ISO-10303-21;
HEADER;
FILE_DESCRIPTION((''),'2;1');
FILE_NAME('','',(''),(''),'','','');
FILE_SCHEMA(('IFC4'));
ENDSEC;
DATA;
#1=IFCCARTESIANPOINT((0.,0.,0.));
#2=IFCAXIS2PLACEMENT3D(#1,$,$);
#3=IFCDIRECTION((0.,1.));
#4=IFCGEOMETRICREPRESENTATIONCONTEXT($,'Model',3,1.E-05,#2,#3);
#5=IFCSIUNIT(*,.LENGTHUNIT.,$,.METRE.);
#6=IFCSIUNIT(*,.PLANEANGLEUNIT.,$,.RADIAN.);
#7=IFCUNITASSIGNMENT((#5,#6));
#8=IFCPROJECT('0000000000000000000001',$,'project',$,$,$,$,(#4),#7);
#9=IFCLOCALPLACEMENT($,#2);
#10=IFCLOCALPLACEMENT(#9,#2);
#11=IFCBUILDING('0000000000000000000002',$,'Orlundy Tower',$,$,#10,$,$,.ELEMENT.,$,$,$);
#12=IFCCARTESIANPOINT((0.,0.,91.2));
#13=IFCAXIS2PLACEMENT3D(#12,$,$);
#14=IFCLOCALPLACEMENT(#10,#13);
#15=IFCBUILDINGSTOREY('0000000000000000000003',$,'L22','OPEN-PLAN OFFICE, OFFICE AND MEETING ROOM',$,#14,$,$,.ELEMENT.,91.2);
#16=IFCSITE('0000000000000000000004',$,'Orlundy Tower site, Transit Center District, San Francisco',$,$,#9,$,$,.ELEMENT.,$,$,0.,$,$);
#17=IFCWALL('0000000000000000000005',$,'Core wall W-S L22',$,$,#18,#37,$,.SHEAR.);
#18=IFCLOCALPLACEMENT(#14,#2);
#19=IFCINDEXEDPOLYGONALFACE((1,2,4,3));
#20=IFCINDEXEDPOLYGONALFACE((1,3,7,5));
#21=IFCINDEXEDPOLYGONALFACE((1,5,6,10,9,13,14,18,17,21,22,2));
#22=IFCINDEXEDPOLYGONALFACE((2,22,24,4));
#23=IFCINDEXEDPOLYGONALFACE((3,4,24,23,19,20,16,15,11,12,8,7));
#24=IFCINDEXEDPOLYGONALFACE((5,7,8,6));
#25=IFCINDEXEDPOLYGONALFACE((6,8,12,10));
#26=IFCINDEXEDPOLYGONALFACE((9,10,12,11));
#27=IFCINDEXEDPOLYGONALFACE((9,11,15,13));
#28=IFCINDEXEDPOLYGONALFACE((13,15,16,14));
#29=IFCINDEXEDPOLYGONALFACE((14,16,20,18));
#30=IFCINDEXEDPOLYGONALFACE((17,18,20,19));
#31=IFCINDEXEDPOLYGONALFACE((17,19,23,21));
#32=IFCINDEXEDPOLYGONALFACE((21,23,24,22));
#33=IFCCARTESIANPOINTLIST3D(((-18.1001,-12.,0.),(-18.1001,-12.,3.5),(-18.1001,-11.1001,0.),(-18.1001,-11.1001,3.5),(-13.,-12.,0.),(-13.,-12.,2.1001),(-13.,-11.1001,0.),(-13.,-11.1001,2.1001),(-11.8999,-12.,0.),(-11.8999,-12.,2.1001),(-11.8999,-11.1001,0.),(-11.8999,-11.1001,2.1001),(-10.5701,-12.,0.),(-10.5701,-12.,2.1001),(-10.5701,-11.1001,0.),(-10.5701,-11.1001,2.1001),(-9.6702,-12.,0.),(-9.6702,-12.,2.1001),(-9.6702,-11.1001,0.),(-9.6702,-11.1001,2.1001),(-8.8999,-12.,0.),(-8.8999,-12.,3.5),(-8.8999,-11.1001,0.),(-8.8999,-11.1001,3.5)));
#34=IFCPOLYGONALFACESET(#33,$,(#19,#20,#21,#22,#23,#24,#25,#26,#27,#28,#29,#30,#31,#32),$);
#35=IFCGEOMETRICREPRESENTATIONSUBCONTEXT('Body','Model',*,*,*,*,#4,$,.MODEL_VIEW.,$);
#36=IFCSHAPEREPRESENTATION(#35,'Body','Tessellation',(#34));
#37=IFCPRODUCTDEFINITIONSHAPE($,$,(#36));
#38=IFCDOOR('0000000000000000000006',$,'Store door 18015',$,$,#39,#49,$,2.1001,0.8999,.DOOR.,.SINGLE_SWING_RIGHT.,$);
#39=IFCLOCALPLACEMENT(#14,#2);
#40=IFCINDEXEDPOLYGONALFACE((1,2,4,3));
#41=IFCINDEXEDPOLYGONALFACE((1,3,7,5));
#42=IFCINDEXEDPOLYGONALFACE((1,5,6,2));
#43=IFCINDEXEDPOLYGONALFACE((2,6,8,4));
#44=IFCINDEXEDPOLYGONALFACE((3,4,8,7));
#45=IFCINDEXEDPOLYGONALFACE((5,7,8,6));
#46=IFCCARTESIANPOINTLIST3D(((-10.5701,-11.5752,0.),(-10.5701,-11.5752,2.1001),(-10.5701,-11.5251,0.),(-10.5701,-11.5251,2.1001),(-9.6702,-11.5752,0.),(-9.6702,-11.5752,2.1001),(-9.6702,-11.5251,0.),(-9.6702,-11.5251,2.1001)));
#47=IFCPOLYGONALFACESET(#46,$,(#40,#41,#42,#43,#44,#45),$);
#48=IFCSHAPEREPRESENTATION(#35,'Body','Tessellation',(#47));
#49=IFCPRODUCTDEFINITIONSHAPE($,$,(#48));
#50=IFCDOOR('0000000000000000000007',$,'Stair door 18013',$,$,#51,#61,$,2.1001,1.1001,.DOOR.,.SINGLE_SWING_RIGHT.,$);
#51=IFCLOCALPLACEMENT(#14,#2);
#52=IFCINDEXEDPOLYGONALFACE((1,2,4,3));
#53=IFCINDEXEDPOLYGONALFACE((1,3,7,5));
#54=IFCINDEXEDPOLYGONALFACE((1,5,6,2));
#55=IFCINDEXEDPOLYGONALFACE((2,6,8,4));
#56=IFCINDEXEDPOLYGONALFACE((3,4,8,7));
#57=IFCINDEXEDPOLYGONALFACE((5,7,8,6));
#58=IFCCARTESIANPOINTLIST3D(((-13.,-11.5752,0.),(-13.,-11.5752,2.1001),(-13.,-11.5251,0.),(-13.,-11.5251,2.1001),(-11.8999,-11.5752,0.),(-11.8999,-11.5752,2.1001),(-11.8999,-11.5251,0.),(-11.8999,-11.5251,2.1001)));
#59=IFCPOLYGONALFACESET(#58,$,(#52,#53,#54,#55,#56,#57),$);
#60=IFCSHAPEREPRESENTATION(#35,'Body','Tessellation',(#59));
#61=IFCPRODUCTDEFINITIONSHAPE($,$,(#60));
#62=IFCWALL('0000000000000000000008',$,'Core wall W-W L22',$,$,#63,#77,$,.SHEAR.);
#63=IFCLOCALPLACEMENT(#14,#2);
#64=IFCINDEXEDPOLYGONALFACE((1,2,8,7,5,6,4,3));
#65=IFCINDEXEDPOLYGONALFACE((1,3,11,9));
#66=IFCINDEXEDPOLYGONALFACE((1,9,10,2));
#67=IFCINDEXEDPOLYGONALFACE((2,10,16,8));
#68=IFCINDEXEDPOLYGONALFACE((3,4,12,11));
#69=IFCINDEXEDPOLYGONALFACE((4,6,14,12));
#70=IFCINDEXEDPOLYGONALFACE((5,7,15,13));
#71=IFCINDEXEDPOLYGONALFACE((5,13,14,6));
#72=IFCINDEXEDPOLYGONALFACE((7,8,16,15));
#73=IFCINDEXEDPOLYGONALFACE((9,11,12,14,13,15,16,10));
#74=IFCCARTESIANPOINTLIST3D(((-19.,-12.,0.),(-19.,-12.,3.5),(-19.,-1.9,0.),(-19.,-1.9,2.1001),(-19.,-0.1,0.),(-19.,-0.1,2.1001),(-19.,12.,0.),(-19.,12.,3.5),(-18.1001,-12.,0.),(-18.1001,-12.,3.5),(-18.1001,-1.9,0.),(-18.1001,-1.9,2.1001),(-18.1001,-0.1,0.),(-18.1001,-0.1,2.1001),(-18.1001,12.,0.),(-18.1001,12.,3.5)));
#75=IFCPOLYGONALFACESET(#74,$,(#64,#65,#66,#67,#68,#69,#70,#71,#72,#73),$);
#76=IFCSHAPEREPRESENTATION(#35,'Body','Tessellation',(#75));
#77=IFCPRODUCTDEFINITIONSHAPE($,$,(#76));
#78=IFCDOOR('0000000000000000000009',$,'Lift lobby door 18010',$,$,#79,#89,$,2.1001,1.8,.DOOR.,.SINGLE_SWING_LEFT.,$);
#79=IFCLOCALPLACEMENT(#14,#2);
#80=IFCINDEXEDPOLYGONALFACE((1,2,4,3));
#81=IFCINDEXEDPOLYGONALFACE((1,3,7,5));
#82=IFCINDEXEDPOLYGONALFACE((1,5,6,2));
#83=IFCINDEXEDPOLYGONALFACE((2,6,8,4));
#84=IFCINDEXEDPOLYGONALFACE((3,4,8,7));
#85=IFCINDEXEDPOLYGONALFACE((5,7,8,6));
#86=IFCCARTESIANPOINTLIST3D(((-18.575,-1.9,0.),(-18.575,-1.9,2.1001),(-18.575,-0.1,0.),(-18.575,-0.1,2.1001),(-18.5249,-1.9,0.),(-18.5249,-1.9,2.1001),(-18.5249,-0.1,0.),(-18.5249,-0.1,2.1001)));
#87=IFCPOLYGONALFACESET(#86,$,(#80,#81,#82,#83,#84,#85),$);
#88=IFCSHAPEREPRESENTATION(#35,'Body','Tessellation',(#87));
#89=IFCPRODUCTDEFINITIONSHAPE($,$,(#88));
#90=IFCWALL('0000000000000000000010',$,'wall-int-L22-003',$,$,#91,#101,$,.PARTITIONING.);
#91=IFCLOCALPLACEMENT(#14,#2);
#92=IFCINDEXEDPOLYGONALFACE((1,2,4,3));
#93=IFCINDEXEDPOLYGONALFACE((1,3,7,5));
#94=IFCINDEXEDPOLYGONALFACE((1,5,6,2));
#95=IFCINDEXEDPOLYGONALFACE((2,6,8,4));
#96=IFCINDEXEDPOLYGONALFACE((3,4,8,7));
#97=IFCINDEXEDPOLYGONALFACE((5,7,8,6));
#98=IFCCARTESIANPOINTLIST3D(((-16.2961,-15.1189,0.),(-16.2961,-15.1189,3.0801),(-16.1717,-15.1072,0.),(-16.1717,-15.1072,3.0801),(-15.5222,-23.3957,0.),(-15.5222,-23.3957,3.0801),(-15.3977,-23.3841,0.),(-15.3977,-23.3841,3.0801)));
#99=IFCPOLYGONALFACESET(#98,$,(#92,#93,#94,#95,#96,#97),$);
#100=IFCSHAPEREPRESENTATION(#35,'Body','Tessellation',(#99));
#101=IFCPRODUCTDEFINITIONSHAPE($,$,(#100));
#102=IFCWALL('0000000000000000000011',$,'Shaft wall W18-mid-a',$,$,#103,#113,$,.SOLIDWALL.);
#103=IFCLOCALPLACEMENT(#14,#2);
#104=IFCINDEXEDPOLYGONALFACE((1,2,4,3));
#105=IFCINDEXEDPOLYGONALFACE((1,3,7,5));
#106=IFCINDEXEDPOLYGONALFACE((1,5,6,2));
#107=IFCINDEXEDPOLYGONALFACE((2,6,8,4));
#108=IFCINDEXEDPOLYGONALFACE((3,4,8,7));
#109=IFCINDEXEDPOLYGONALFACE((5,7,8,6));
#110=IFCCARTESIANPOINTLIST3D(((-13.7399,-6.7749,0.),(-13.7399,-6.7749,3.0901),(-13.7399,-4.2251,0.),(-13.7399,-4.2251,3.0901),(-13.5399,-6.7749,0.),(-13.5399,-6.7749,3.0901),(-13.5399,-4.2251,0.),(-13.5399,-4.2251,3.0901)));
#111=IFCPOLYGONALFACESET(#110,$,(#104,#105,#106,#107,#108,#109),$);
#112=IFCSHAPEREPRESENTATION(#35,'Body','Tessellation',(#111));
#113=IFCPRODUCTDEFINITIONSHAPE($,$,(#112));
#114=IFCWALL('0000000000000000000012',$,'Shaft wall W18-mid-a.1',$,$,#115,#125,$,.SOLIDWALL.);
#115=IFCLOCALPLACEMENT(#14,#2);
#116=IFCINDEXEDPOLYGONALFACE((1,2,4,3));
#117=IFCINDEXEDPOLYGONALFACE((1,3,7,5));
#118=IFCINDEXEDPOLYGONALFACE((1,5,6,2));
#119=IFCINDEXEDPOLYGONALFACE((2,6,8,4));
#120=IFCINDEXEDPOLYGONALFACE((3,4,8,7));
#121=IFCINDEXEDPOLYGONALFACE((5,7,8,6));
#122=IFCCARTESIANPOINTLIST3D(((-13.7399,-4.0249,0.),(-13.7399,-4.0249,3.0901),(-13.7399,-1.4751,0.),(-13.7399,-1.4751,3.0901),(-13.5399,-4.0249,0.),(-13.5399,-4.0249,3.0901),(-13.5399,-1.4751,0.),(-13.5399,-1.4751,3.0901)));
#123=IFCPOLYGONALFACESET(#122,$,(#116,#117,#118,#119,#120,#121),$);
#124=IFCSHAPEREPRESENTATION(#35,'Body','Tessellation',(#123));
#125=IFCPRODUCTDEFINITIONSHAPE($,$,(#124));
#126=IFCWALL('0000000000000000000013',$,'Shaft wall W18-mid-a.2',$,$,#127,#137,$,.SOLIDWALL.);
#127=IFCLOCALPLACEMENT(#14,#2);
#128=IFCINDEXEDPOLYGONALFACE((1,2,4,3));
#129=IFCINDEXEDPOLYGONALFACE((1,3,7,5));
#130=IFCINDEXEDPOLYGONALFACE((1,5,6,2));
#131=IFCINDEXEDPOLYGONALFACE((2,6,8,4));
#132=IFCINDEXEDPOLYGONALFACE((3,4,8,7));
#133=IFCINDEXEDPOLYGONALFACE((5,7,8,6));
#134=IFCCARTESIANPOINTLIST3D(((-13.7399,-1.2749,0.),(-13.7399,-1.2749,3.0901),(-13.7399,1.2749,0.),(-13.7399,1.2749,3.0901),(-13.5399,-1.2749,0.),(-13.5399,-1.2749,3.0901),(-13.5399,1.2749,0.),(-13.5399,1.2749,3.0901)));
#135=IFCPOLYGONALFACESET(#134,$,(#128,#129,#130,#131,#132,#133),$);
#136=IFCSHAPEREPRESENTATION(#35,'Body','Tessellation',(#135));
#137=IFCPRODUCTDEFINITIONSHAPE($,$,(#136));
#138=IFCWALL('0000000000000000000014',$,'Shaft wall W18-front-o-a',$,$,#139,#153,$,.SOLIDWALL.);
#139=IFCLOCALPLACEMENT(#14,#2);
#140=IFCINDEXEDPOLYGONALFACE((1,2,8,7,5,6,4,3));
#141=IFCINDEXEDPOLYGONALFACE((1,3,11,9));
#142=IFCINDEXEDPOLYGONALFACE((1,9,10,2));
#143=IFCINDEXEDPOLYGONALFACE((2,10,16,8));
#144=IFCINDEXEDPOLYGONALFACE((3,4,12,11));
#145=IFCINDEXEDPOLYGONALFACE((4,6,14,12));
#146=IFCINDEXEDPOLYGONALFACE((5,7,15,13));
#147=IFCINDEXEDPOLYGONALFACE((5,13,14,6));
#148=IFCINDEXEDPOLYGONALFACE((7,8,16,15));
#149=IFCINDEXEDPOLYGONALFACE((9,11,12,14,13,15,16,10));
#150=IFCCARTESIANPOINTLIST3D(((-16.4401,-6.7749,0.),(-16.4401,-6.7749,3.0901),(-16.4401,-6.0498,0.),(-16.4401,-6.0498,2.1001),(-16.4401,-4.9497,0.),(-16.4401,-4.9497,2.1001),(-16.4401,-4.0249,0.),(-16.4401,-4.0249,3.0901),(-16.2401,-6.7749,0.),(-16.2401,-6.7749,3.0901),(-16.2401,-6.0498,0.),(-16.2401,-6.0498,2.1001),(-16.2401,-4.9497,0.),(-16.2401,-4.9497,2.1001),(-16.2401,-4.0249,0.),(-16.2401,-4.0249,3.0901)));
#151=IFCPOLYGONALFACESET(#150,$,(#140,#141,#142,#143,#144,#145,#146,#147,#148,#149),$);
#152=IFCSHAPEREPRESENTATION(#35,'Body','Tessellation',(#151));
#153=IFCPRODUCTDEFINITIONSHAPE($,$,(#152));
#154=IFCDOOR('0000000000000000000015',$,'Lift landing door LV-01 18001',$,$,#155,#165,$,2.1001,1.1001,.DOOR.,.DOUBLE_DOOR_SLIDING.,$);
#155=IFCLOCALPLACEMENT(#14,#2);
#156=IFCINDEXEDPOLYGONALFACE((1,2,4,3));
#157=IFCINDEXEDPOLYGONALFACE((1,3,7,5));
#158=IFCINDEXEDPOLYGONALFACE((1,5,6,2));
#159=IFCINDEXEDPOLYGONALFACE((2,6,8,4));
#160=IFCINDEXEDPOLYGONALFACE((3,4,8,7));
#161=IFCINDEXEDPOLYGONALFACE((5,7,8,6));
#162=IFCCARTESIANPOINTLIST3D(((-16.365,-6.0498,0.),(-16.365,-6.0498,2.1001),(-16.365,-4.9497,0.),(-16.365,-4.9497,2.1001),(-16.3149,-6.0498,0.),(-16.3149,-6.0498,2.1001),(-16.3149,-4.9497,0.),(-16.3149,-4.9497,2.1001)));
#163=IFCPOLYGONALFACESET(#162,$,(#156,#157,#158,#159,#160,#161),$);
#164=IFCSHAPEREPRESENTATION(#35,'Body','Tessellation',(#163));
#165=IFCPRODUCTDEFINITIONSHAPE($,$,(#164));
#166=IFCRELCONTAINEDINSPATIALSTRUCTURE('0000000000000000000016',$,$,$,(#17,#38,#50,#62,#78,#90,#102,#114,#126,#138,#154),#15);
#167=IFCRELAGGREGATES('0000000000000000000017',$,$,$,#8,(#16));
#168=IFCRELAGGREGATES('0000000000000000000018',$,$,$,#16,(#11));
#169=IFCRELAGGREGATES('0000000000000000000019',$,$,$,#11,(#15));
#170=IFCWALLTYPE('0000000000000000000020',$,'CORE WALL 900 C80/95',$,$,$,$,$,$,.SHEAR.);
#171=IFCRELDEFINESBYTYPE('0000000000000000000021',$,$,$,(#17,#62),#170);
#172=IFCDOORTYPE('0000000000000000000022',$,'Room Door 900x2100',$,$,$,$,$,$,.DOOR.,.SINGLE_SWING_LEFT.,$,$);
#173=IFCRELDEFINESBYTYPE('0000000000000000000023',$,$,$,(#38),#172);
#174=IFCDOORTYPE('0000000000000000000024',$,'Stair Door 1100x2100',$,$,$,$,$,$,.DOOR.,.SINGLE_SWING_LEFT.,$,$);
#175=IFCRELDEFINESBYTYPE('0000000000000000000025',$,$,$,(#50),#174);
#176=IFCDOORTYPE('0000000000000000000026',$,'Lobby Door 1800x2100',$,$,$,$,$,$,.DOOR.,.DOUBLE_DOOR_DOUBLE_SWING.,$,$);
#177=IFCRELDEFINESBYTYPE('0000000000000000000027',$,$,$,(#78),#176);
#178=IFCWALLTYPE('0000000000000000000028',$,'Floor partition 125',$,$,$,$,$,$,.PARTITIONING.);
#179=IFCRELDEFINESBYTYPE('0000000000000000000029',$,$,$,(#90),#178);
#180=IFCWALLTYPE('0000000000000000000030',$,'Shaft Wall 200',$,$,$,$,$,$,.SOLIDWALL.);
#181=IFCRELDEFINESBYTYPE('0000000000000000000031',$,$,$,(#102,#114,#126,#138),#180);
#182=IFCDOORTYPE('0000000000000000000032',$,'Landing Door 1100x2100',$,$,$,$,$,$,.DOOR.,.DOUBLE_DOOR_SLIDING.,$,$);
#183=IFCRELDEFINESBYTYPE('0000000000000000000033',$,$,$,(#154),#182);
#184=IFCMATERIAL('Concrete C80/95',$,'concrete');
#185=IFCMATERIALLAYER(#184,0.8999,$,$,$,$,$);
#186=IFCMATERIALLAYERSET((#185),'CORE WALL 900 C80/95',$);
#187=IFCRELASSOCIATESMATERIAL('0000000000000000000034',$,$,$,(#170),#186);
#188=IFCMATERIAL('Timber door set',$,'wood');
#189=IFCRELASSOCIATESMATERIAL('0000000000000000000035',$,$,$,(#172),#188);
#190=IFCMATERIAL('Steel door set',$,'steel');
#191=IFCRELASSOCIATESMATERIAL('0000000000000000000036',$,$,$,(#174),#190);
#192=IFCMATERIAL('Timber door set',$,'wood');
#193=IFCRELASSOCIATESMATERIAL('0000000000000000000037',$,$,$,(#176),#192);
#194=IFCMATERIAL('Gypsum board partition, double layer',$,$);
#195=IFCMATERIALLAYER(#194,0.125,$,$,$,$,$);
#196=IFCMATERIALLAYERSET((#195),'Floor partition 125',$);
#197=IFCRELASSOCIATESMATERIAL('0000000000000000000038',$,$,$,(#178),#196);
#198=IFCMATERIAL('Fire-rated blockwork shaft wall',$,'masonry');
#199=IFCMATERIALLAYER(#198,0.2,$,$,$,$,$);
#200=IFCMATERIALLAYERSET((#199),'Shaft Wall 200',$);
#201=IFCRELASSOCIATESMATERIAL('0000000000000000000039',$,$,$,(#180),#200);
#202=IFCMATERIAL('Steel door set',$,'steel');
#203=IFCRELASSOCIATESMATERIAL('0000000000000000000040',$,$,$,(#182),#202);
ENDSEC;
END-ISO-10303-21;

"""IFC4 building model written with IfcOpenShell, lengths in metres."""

from ifc_helpers import new_model, si_unit, direction, frame, frame_2d, origin, place, context, subcontext, project, spatial, rectangle, extrude, material, layer, layer_set, type_object, element, fill, save


model = new_model("IFC4")

# Units and contexts
model_context = context("Model", 3, precision=1e-05, world=origin(), true_north=direction((0.0, 1.0)))
body_context = subcontext(model_context, "Body", "Model", "MODEL_VIEW")
ifc_project = project(units=[si_unit("LENGTHUNIT", "METRE"), si_unit("PLANEANGLEUNIT", "RADIAN")], contexts=[model_context])

# Site, building, storey
site_placement = place(None, origin())
site = spatial("IfcSite", under=ifc_project, at=site_placement, Name="Orlundy Tower site, Transit Center District, San Francisco", CompositionType="ELEMENT", RefElevation=0.0)
building_placement = place(site_placement, origin())
building = spatial("IfcBuilding", under=site, at=building_placement, Name="Orlundy Tower", CompositionType="ELEMENT")
storey_placement = place(building_placement, frame((0.0, 0.0, 91.2)))
storey = spatial("IfcBuildingStorey", under=building, at=storey_placement, Name="L22", Description="OPEN-PLAN OFFICE, OFFICE AND MEETING ROOM", CompositionType="ELEMENT", Elevation=91.2)

# Wall, openings, doors
ifc_material_1 = material(Name="Concrete C80/95", Category="concrete")
ifc_layer_1 = layer(ifc_material_1, 0.8999)
ifc_layer_set_1 = layer_set([ifc_layer_1], Name="CORE WALL 900 C80/95")
wall_type_1 = type_object("IfcWallType", Name="CORE WALL 900 C80/95", PredefinedType="SHEAR", material=ifc_layer_set_1)
wall_1_placement = place(storey_placement, frame((-18.1001, -11.55, 0.0), z_axis=(0.0, 0.0, 1.0), x_axis=(1.0, 0.0, 0.0)))
wall_1 = element("IfcWall", 1, at=wall_1_placement, inside=storey, type_object=wall_type_1, Name="Core wall W-S L22", PredefinedType="SHEAR", context=body_context, shape_type="SweptSolid", body=[
    extrude(rectangle(XDim=9.2002, YDim=0.8999, at=frame_2d((4.6001, 0.0))), origin(), (0.0, 0.0, 1.0), 3.5),
])
opening_1_placement = place(wall_1_placement, frame((5.1001, 0.0, 0.0)))
opening_1 = element("IfcOpeningElement", 2, at=opening_1_placement, cuts=wall_1, PredefinedType="OPENING", context=body_context, shape_type="SweptSolid", body=[
    extrude(rectangle(XDim=1.1001, YDim=2.1001, at=frame_2d((0.55, 1.05))), frame((0.0, 0.46, 0.0), z_axis=(0.0, -1.0, 0.0), x_axis=(1.0, 0.0, 0.0)), (0.0, 0.0, 1.0), 0.9199),
])
opening_2_placement = place(wall_1_placement, frame((7.53, 0.0, 0.0)))
opening_2 = element("IfcOpeningElement", 3, at=opening_2_placement, cuts=wall_1, PredefinedType="OPENING", context=body_context, shape_type="SweptSolid", body=[
    extrude(rectangle(XDim=0.8999, YDim=2.1001, at=frame_2d((0.45, 1.05))), frame((0.0, 0.46, 0.0), z_axis=(0.0, -1.0, 0.0), x_axis=(1.0, 0.0, 0.0)), (0.0, 0.0, 1.0), 0.9199),
])
ifc_material_2 = material(Name="Timber door set", Category="wood")
door_type_1 = type_object("IfcDoorType", Name="Room Door 900x2100", OperationType="SINGLE_SWING_LEFT", PredefinedType="DOOR", material=ifc_material_2)
door_1_placement = place(opening_2_placement, origin())
door_1 = element("IfcDoor", 4, at=door_1_placement, inside=storey, type_object=door_type_1, Name="Store door 18015", OperationType="SINGLE_SWING_RIGHT", OverallHeight=2.1001, OverallWidth=0.8999, PredefinedType="DOOR", context=body_context, shape_type="SweptSolid", body=[
    extrude(rectangle(XDim=0.8999, YDim=2.1001, at=frame_2d((0.45, 1.05))), frame((0.0, 0.0249, 0.0), z_axis=(0.0, -1.0, 0.0), x_axis=(1.0, 0.0, 0.0)), (0.0, 0.0, 1.0), 0.05),
])
fill(opening_2, door_1)
ifc_material_3 = material(Name="Steel door set", Category="steel")
door_type_2 = type_object("IfcDoorType", Name="Stair Door 1100x2100", OperationType="SINGLE_SWING_LEFT", PredefinedType="DOOR", material=ifc_material_3)
door_2_placement = place(opening_1_placement, origin())
door_2 = element("IfcDoor", 5, at=door_2_placement, inside=storey, type_object=door_type_2, Name="Stair door 18013", OperationType="SINGLE_SWING_RIGHT", OverallHeight=2.1001, OverallWidth=1.1001, PredefinedType="DOOR", context=body_context, shape_type="SweptSolid", body=[
    extrude(rectangle(XDim=1.1001, YDim=2.1001, at=frame_2d((0.55, 1.05))), frame((0.0, 0.0249, 0.0), z_axis=(0.0, -1.0, 0.0), x_axis=(1.0, 0.0, 0.0)), (0.0, 0.0, 1.0), 0.05),
])
fill(opening_1, door_2)

# Wall, opening, door
wall_2_placement = place(storey_placement, frame((-18.55, -12.0, 0.0), z_axis=(0.0, 0.0, 1.0), x_axis=(0.0, 1.0, 0.0)))
wall_2 = element("IfcWall", 6, at=wall_2_placement, inside=storey, type_object=wall_type_1, Name="Core wall W-W L22", PredefinedType="SHEAR", context=body_context, shape_type="SweptSolid", body=[
    extrude(rectangle(XDim=24.0, YDim=0.8999, at=frame_2d((12.0, 0.0))), origin(), (0.0, 0.0, 1.0), 3.5),
])
opening_3_placement = place(wall_2_placement, frame((10.1001, 0.0, 0.0)))
opening_3 = element("IfcOpeningElement", 7, at=opening_3_placement, cuts=wall_2, PredefinedType="OPENING", context=body_context, shape_type="SweptSolid", body=[
    extrude(rectangle(XDim=1.8, YDim=2.1001, at=frame_2d((0.8999, 1.05))), frame((0.0, 0.46, 0.0), z_axis=(0.0, -1.0, 0.0), x_axis=(1.0, 0.0, 0.0)), (0.0, 0.0, 1.0), 0.9199),
])
ifc_material_4 = material(Name="Timber door set", Category="wood")
door_type_3 = type_object("IfcDoorType", Name="Lobby Door 1800x2100", OperationType="DOUBLE_DOOR_DOUBLE_SWING", PredefinedType="DOOR", material=ifc_material_4)
door_3_placement = place(opening_3_placement, origin())
door_3 = element("IfcDoor", 8, at=door_3_placement, inside=storey, type_object=door_type_3, Name="Lift lobby door 18010", OperationType="SINGLE_SWING_LEFT", OverallHeight=2.1001, OverallWidth=1.8, PredefinedType="DOOR", context=body_context, shape_type="SweptSolid", body=[
    extrude(rectangle(XDim=1.8, YDim=2.1001, at=frame_2d((0.8999, 1.05))), frame((0.0, 0.0249, 0.0), z_axis=(0.0, -1.0, 0.0), x_axis=(1.0, 0.0, 0.0)), (0.0, 0.0, 1.0), 0.05),
])
fill(opening_3, door_3)

# Walls
ifc_material_5 = material(Name="Gypsum board partition, double layer")
ifc_layer_2 = layer(ifc_material_5, 0.125)
ifc_layer_set_2 = layer_set([ifc_layer_2], Name="Floor partition 125")
wall_type_2 = type_object("IfcWallType", Name="Floor partition 125", PredefinedType="PARTITIONING", material=ifc_layer_set_2)
wall_3_placement = place(storey_placement, frame((-16.2339, -15.113, 0.0), z_axis=(0.0, 0.0, 1.0), x_axis=(0.093099, -0.995657, 0.0)))
element("IfcWall", 9, at=wall_3_placement, inside=storey, type_object=wall_type_2, Name="wall-int-L22-003", PredefinedType="PARTITIONING", context=body_context, shape_type="SweptSolid", body=[
    extrude(rectangle(XDim=8.313, YDim=0.125, at=frame_2d((4.1565, 0.0))), origin(), (0.0, 0.0, 1.0), 3.0801),
])
ifc_material_6 = material(Name="Fire-rated blockwork shaft wall", Category="masonry")
ifc_layer_3 = layer(ifc_material_6, 0.2)
ifc_layer_set_3 = layer_set([ifc_layer_3], Name="Shaft Wall 200")
wall_type_3 = type_object("IfcWallType", Name="Shaft Wall 200", PredefinedType="SOLIDWALL", material=ifc_layer_set_3)
for number, where, z_axis, x_axis, name in (
    (10, (-13.6399, -6.7749, 0.0), (0.0, 0.0, 1.0), (0.0, 1.0, 0.0), "Shaft wall W18-mid-a"),
    (11, (-13.6399, -4.0249, 0.0), (0.0, 0.0, 1.0), (0.0, 1.0, 0.0), "Shaft wall W18-mid-a.1"),
    (12, (-13.6399, -1.2749, 0.0), (0.0, 0.0, 1.0), (0.0, 1.0, 0.0), "Shaft wall W18-mid-a.2"),
):
    element("IfcWall", number, at=place(storey_placement, frame(where, z_axis=z_axis, x_axis=x_axis)), inside=storey, type_object=wall_type_3, Name=name, PredefinedType="SOLIDWALL", context=body_context, shape_type="SweptSolid", body=[
        extrude(rectangle(XDim=2.5498, YDim=0.2, at=frame_2d((1.2749, 0.0))), origin(), (0.0, 0.0, 1.0), 3.0901),
    ])

# Wall, opening, door
wall_4_placement = place(storey_placement, frame((-16.3401, -6.7749, 0.0), z_axis=(0.0, 0.0, 1.0), x_axis=(0.0, 1.0, 0.0)))
wall_4 = element("IfcWall", 13, at=wall_4_placement, inside=storey, type_object=wall_type_3, Name="Shaft wall W18-front-o-a", PredefinedType="SOLIDWALL", context=body_context, shape_type="SweptSolid", body=[
    extrude(rectangle(XDim=2.75, YDim=0.2, at=frame_2d((1.375, 0.0))), origin(), (0.0, 0.0, 1.0), 3.0901),
])
opening_4_placement = place(wall_4_placement, frame((0.7251, 0.0, 0.0)))
opening_4 = element("IfcOpeningElement", 14, at=opening_4_placement, cuts=wall_4, PredefinedType="OPENING", context=body_context, shape_type="SweptSolid", body=[
    extrude(rectangle(XDim=1.1001, YDim=2.1001, at=frame_2d((0.55, 1.05))), frame((0.0, 0.1101, 0.0), z_axis=(0.0, -1.0, 0.0), x_axis=(1.0, 0.0, 0.0)), (0.0, 0.0, 1.0), 0.2202),
])
ifc_material_7 = material(Name="Steel door set", Category="steel")
door_type_4 = type_object("IfcDoorType", Name="Landing Door 1100x2100", OperationType="DOUBLE_DOOR_SLIDING", PredefinedType="DOOR", material=ifc_material_7)
door_4_placement = place(opening_4_placement, origin())
door_4 = element("IfcDoor", 15, at=door_4_placement, inside=storey, type_object=door_type_4, Name="Lift landing door LV-01 18001", OperationType="DOUBLE_DOOR_SLIDING", OverallHeight=2.1001, OverallWidth=1.1001, PredefinedType="DOOR", context=body_context, shape_type="SweptSolid", body=[
    extrude(rectangle(XDim=1.1001, YDim=2.1001, at=frame_2d((0.55, 1.05))), frame((0.0, 0.0249, 0.0), z_axis=(0.0, -1.0, 0.0), x_axis=(1.0, 0.0, 0.0)), (0.0, 0.0, 1.0), 0.05),
])
fill(opening_4, door_4)

save(model, "model.ifc")
